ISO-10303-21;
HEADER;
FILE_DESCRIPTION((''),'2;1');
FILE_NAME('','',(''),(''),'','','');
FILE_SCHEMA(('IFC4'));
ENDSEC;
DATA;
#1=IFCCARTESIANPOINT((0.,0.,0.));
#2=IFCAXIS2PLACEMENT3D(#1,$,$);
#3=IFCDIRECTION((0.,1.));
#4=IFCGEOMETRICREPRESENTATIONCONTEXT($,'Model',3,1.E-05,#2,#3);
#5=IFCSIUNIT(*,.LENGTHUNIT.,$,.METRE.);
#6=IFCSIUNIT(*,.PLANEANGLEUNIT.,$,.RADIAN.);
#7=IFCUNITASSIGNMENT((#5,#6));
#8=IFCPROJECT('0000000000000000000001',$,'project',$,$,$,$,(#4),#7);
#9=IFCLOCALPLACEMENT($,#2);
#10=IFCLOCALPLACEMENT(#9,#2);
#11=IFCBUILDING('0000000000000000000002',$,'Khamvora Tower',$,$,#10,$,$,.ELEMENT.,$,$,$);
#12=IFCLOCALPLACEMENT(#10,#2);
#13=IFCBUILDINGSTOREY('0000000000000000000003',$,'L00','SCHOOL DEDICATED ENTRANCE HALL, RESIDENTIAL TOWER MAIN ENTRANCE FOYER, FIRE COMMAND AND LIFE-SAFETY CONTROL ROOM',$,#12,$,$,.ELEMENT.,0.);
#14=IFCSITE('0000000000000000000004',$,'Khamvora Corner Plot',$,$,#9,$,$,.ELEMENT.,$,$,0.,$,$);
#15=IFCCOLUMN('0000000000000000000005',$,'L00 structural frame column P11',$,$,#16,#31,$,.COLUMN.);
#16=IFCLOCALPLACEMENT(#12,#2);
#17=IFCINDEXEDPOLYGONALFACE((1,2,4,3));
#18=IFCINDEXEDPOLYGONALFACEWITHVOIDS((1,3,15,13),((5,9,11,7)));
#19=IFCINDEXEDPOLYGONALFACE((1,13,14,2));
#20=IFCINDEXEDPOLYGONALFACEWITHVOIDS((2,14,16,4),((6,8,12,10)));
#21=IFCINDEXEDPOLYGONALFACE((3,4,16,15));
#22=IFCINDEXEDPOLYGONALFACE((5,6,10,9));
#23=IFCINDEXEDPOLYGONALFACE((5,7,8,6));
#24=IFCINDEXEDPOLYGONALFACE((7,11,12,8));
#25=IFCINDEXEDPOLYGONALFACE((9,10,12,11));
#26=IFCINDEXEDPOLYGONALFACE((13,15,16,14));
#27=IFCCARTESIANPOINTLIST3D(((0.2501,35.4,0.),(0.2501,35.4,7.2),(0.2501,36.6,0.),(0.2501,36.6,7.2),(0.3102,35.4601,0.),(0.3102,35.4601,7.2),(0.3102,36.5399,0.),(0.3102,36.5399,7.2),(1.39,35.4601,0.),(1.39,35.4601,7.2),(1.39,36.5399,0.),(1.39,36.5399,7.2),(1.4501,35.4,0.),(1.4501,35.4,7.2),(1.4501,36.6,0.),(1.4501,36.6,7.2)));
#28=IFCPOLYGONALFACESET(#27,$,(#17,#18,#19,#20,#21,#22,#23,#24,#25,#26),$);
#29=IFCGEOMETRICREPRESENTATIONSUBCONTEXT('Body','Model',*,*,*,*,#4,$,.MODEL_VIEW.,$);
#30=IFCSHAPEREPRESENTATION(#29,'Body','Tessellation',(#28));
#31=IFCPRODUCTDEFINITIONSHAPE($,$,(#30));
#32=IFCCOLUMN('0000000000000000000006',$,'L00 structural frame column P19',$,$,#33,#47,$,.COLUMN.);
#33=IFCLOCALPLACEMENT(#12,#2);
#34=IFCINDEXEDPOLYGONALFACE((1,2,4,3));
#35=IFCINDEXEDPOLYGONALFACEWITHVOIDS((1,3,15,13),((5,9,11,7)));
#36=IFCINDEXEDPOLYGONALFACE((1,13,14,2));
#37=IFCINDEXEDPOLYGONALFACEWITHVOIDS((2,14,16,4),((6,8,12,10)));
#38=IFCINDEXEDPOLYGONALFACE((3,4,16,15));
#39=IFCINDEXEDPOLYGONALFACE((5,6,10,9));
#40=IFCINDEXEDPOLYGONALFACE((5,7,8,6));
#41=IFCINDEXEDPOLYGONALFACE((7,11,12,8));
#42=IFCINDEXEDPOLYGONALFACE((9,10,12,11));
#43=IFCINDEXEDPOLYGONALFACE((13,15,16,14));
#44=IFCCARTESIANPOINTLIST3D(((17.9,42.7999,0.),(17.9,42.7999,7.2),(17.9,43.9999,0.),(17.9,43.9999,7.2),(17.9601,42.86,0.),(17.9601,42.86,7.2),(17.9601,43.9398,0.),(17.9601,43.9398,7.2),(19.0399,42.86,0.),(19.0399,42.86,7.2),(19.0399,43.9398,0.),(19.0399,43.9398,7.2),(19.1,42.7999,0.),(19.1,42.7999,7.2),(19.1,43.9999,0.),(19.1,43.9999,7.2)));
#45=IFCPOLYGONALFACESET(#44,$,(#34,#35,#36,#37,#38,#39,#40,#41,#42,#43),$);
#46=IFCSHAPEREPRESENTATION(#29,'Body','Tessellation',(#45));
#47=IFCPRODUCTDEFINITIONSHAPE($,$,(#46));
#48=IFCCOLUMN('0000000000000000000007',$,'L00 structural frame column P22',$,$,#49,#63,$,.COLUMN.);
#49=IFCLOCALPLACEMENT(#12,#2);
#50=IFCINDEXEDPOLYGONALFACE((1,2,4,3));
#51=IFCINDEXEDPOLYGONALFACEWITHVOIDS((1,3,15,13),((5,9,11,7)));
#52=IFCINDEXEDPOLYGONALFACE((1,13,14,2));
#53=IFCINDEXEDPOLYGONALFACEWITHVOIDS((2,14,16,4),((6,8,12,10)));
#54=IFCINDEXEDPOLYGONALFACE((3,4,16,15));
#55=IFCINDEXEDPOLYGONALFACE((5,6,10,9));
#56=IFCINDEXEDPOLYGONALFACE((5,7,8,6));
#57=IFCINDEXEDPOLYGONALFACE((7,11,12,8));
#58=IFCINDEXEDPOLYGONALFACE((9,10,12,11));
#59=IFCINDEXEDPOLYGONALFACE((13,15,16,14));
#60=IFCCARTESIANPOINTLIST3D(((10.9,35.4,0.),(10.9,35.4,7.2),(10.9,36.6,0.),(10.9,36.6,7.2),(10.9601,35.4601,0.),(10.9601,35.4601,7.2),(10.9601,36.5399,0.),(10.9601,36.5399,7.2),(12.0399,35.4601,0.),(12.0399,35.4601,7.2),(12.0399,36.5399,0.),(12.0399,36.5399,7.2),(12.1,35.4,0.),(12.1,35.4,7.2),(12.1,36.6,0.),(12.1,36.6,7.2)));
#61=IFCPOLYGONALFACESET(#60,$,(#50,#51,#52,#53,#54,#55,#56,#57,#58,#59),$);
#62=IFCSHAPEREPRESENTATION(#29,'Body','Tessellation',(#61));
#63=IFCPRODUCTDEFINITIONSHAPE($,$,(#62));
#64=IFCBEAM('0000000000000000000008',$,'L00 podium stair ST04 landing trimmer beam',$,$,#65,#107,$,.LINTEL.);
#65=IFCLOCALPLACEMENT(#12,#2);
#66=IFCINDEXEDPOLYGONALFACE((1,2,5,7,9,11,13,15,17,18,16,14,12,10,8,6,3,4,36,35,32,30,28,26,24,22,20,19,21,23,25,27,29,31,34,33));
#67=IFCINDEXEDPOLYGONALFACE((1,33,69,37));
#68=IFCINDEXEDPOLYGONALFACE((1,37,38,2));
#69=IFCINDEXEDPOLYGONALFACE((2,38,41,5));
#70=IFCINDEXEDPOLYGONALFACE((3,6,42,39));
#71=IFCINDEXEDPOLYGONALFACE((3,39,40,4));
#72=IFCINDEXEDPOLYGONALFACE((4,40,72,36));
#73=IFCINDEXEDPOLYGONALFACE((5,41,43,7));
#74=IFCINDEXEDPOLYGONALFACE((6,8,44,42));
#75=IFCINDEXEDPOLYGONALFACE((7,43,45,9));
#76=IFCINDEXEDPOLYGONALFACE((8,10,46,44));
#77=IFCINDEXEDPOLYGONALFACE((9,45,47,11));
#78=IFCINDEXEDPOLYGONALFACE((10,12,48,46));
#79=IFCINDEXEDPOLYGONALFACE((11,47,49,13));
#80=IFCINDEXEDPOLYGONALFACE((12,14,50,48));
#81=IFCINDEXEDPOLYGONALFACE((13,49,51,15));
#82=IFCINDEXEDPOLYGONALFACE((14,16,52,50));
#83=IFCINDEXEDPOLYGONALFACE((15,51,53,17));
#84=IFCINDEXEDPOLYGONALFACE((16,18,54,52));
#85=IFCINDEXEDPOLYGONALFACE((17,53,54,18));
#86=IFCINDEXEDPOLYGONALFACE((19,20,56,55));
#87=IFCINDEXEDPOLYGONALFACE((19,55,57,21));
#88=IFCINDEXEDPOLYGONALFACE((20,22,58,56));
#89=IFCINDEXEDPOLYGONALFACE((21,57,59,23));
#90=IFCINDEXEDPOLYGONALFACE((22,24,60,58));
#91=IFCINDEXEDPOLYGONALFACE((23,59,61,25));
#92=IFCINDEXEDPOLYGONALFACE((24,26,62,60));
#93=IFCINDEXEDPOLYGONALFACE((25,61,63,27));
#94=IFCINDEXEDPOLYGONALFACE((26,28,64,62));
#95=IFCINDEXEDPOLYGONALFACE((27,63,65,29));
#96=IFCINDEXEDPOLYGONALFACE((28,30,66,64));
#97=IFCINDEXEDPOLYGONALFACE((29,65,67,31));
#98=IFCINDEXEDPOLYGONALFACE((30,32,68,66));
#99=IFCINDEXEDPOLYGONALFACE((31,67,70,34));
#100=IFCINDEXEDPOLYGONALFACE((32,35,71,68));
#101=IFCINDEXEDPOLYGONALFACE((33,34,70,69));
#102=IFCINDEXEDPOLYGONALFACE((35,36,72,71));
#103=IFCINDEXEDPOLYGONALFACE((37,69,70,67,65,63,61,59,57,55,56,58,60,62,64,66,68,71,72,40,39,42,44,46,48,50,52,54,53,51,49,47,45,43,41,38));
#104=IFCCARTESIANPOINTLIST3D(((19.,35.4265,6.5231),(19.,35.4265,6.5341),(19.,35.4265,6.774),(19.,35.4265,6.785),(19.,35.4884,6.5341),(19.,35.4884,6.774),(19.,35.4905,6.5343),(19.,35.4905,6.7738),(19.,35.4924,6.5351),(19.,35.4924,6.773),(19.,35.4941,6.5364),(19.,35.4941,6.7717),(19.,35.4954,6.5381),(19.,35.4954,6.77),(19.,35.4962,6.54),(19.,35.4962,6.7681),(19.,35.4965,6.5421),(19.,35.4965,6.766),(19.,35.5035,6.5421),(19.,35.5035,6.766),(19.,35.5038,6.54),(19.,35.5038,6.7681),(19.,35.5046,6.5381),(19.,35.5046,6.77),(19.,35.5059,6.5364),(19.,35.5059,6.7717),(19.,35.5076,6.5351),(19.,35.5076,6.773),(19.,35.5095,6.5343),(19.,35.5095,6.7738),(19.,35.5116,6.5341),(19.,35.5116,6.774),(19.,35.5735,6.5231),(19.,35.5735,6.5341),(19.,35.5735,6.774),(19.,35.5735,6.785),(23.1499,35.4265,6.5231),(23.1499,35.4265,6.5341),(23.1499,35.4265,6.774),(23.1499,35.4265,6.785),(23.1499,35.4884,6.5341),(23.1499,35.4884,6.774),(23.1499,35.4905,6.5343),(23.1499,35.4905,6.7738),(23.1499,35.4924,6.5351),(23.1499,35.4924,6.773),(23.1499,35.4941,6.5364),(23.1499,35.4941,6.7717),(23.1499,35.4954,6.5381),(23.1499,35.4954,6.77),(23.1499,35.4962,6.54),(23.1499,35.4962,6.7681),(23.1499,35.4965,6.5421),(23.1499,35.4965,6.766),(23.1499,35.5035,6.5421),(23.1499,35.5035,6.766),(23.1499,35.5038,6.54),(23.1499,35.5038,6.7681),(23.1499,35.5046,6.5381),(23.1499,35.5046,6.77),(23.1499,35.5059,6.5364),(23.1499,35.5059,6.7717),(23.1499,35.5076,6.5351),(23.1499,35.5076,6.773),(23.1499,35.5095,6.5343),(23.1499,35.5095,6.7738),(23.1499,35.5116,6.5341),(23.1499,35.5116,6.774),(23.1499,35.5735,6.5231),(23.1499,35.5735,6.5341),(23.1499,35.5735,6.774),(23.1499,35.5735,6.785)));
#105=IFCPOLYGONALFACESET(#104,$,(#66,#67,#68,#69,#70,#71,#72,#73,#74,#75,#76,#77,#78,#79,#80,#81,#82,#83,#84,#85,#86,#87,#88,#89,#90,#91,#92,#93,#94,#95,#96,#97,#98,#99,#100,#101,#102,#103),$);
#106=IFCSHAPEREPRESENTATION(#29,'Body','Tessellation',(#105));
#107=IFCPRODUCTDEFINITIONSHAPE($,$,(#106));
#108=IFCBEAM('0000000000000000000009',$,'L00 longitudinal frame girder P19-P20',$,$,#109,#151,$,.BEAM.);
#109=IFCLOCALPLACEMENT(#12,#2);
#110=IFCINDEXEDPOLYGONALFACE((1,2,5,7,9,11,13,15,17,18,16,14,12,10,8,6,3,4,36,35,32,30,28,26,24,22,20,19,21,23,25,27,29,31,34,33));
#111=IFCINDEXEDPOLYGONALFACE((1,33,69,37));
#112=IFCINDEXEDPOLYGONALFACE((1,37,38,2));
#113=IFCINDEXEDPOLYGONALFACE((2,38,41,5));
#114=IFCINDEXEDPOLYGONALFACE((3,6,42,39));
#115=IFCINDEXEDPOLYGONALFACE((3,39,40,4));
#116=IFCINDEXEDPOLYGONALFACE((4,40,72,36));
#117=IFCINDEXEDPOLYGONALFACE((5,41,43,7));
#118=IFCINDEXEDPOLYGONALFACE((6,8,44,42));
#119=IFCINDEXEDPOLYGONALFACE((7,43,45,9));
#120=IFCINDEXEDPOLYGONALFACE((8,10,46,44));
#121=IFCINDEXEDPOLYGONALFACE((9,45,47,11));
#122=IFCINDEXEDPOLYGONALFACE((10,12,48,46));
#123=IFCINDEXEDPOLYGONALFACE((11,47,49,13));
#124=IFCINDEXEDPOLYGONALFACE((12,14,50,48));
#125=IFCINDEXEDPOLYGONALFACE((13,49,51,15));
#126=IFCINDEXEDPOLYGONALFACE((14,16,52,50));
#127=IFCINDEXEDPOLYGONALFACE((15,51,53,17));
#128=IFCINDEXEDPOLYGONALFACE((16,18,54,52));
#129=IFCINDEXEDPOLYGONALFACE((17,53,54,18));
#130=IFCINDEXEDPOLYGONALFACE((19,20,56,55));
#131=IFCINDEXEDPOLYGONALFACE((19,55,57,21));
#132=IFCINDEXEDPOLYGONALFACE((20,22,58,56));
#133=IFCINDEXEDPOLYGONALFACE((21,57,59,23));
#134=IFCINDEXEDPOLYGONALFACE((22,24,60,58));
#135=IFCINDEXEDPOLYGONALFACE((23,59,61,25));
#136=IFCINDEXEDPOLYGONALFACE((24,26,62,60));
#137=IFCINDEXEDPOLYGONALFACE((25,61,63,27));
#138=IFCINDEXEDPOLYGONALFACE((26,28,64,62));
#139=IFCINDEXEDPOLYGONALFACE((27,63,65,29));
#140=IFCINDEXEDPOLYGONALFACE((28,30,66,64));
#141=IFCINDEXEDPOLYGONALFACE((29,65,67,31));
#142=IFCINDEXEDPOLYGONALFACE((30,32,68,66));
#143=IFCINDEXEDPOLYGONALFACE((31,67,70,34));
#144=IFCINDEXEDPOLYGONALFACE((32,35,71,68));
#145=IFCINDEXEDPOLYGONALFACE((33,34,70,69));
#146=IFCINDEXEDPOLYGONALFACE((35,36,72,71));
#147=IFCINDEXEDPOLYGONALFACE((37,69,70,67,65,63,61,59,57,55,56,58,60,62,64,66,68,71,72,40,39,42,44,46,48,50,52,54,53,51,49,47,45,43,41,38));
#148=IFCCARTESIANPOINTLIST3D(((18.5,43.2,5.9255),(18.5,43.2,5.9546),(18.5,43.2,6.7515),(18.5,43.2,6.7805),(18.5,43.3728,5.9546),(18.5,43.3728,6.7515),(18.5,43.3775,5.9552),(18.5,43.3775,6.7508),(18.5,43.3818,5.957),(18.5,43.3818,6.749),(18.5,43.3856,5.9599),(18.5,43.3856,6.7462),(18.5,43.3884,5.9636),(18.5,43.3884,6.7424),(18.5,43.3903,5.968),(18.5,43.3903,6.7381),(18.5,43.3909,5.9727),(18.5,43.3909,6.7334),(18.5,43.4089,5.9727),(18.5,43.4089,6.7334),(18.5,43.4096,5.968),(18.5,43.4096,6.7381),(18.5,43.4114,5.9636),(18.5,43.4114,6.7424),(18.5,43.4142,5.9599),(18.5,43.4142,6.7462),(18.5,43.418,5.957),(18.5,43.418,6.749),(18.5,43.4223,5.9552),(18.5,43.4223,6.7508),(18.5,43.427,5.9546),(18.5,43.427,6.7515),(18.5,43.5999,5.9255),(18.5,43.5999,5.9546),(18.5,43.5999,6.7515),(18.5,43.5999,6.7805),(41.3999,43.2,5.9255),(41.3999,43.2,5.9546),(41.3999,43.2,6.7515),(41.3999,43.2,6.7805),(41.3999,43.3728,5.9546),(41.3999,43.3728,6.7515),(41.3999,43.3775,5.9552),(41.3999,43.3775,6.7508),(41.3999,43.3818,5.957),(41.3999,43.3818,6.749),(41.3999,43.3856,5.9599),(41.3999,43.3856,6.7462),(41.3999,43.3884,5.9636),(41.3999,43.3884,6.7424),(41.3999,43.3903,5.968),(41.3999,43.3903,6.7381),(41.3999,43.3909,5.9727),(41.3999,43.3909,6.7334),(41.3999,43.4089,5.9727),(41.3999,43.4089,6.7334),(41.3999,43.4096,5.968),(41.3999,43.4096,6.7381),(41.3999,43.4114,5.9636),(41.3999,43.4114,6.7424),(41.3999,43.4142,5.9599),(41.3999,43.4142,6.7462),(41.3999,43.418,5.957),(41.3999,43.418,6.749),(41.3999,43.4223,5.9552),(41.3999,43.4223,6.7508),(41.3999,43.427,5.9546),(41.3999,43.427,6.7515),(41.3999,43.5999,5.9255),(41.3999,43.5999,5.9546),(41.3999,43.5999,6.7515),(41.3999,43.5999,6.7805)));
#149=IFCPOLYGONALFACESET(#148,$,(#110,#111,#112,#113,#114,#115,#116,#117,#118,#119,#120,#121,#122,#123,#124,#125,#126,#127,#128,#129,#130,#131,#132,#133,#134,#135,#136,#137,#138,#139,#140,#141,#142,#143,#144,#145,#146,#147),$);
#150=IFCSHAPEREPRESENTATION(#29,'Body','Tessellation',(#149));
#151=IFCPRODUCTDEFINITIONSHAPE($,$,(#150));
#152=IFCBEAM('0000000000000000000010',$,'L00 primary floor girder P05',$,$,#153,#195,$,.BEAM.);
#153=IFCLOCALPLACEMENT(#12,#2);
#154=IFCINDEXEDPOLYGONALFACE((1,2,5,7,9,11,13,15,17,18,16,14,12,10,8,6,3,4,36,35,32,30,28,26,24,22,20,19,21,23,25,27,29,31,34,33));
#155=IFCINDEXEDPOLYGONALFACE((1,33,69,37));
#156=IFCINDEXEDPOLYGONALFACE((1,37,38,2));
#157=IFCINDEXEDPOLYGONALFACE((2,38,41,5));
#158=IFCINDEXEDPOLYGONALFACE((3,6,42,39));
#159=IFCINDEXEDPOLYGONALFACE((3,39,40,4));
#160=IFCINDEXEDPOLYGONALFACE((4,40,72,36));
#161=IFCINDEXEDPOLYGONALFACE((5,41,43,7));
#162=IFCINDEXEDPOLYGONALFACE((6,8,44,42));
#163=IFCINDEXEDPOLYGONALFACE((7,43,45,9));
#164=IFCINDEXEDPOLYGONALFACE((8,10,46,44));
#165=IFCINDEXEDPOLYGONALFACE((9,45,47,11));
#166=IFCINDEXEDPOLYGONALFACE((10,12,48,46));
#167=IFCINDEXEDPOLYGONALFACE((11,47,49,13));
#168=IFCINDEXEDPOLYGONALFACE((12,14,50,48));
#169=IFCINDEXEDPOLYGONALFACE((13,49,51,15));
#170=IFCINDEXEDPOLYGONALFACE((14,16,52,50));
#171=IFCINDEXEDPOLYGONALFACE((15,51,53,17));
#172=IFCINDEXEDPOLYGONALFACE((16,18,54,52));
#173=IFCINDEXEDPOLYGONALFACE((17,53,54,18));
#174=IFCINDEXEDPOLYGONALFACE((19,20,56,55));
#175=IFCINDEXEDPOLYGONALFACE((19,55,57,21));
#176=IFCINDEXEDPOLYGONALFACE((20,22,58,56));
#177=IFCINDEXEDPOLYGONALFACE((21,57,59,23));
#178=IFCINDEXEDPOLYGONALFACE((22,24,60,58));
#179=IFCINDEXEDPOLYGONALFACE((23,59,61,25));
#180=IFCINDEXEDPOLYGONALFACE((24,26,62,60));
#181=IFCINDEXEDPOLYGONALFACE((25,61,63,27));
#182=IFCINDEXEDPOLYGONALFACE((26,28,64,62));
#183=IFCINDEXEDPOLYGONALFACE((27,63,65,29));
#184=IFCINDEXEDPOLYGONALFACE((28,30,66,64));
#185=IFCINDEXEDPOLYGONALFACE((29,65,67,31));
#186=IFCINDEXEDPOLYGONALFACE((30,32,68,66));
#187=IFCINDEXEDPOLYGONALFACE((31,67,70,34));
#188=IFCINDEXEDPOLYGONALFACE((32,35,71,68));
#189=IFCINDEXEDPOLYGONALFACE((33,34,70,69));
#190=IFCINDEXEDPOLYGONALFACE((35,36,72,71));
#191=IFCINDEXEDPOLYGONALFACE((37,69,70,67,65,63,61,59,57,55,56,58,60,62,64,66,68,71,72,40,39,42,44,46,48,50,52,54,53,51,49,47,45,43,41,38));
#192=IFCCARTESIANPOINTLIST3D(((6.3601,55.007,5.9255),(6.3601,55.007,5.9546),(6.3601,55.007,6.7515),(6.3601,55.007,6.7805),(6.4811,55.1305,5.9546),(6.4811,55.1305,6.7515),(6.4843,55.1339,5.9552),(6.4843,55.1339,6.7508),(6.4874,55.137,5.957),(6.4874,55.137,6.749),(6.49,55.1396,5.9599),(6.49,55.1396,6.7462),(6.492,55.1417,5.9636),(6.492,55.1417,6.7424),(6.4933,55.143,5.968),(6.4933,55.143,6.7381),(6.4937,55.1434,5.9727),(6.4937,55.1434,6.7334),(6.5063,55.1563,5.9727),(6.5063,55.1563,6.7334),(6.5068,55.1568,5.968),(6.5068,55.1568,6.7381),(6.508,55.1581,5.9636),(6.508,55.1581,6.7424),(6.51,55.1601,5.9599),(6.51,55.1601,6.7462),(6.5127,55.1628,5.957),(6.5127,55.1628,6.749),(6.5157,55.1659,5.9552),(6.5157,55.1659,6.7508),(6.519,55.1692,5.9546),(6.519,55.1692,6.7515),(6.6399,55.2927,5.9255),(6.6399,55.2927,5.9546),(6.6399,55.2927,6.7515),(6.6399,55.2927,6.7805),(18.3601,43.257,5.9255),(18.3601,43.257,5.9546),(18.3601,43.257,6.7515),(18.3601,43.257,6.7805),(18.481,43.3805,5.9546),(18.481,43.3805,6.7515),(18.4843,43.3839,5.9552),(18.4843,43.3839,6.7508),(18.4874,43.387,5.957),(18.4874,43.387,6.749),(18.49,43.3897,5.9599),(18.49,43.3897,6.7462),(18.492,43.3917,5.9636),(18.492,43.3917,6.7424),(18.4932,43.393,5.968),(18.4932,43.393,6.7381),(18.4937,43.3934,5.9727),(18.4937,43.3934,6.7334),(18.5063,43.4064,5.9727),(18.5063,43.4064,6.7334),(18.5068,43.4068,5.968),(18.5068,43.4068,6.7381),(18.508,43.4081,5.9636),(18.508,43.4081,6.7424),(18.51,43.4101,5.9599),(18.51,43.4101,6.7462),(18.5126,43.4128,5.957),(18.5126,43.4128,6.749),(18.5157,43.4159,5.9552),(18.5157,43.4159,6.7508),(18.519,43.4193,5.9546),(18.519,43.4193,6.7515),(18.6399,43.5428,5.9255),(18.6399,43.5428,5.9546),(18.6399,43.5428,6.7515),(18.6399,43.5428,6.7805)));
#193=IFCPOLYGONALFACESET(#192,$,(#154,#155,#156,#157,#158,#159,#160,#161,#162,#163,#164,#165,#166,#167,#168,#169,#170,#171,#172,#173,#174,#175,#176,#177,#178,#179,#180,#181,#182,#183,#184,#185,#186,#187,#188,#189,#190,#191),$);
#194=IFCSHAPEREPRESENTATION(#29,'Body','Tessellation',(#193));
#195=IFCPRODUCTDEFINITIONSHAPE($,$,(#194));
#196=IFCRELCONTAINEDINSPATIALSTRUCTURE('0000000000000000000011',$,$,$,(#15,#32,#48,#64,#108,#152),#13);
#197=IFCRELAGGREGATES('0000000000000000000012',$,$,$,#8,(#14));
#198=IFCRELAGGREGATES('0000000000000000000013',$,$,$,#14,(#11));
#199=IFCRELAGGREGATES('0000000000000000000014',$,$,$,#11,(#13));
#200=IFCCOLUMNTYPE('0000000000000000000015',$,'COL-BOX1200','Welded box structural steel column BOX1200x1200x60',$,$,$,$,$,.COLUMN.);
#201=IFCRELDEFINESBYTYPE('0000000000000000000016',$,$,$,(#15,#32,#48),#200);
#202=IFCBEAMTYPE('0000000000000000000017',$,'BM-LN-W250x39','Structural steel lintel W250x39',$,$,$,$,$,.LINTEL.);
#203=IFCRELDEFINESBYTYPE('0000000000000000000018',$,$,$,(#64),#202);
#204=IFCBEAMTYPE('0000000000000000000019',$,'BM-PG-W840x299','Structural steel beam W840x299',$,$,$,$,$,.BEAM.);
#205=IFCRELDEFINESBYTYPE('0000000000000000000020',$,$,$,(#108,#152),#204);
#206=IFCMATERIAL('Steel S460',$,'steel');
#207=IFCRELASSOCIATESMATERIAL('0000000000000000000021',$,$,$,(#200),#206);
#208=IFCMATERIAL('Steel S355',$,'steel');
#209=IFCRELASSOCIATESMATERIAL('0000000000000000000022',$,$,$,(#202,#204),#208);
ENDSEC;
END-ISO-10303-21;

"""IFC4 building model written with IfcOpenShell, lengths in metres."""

from ifc_helpers import new_model, si_unit, direction, frame, origin, origin_2d, place, context, subcontext, project, spatial, hollow_rectangle, i_section, extrude, material, material_profile, profile_set, type_object, element, save


model = new_model("IFC4")

# Units and contexts
model_context = context("Model", 3, precision=1e-05, world=origin(), true_north=direction((0.0, 1.0)))
body_context = subcontext(model_context, "Body", "Model", "MODEL_VIEW")
ifc_project = project(units=[si_unit("LENGTHUNIT", "METRE"), si_unit("PLANEANGLEUNIT", "RADIAN")], contexts=[model_context])

# Site, building, storey
site_placement = place(None, origin())
site = spatial("IfcSite", under=ifc_project, at=site_placement, Name="Khamvora Corner Plot", CompositionType="ELEMENT", RefElevation=0.0)
building_placement = place(site_placement, origin())
building = spatial("IfcBuilding", under=site, at=building_placement, Name="Khamvora Tower", CompositionType="ELEMENT")
storey_placement = place(building_placement, origin())
storey = spatial("IfcBuildingStorey", under=building, at=storey_placement, Name="L00", Description="SCHOOL DEDICATED ENTRANCE HALL, RESIDENTIAL TOWER MAIN ENTRANCE FOYER, FIRE COMMAND AND LIFE-SAFETY CONTROL ROOM", CompositionType="ELEMENT", Elevation=0.0)

# Columns
ifc_material_1 = material(Name="Steel S460", Category="steel")
ifc_material_profile_1 = material_profile(ifc_material_1, hollow_rectangle(XDim=1.2, YDim=1.2, WallThickness=0.0601, at=origin_2d()), Name="BOX1200x1200x60")
ifc_profile_set_1 = profile_set([ifc_material_profile_1], Name="Steel S460")
column_type = type_object("IfcColumnType", Name="COL-BOX1200", Description="Welded box structural steel column BOX1200x1200x60", PredefinedType="COLUMN", material=ifc_profile_set_1)
for number, where, z_axis, x_axis, name in (
    (1, (0.8501, 36.0, 0.0), (0.0, 0.0, 1.0), (1.0, 0.0, 0.0), "L00 structural frame column P11"),
    (2, (18.5, 43.3999, 0.0), (0.0, 0.0, 1.0), (1.0, 0.0, 0.0), "L00 structural frame column P19"),
    (3, (11.5, 36.0, 0.0), (0.0, 0.0, 1.0), (1.0, 0.0, 0.0), "L00 structural frame column P22"),
):
    element("IfcColumn", number, at=place(storey_placement, frame(where, z_axis=z_axis, x_axis=x_axis)), inside=storey, type_object=column_type, Name=name, PredefinedType="COLUMN", context=body_context, shape_type="SweptSolid", body=[
        extrude(hollow_rectangle(XDim=1.2, YDim=1.2, WallThickness=0.0601, at=origin_2d()), origin(), (0.0, 0.0, 1.0), 7.2),
    ])

# Beams
ifc_material_2 = material(Name="Steel S355", Category="steel")
ifc_material_profile_2 = material_profile(ifc_material_2, i_section(OverallWidth=0.147, OverallDepth=0.262, WebThickness=0.0071, FlangeThickness=0.011, FilletRadius=0.0081, at=origin_2d()), Name="W250x39")
ifc_profile_set_2 = profile_set([ifc_material_profile_2], Name="Steel S355")
beam_type_1 = type_object("IfcBeamType", Name="BM-LN-W250x39", Description="Structural steel lintel W250x39", PredefinedType="LINTEL", material=ifc_profile_set_2)
beam_1_placement = place(storey_placement, frame((19.0, 35.5, 6.6541), z_axis=(1.0, 0.0, 0.0), x_axis=(0.0, 1.0, 0.0)))
element("IfcBeam", 4, at=beam_1_placement, inside=storey, type_object=beam_type_1, Name="L00 podium stair ST04 landing trimmer beam", PredefinedType="LINTEL", context=body_context, shape_type="SweptSolid", body=[
    extrude(i_section(OverallWidth=0.147, OverallDepth=0.262, WebThickness=0.0071, FlangeThickness=0.011, FilletRadius=0.0081, at=origin_2d()), origin(), (0.0, 0.0, 1.0), 4.1499),
])
ifc_material_profile_3 = material_profile(ifc_material_2, i_section(OverallWidth=0.3999, OverallDepth=0.855, WebThickness=0.0181, FlangeThickness=0.0291, FilletRadius=0.0181, at=origin_2d()), Name="W840x299")
ifc_profile_set_3 = profile_set([ifc_material_profile_3], Name="Steel S355")
beam_type_2 = type_object("IfcBeamType", Name="BM-PG-W840x299", Description="Structural steel beam W840x299", PredefinedType="BEAM", material=ifc_profile_set_3)
beam_2_placement = place(storey_placement, frame((18.5, 43.3999, 6.353), z_axis=(1.0, 0.0, 0.0), x_axis=(0.0, 1.0, 0.0)))
element("IfcBeam", 5, at=beam_2_placement, inside=storey, type_object=beam_type_2, Name="L00 longitudinal frame girder P19-P20", PredefinedType="BEAM", context=body_context, shape_type="SweptSolid", body=[
    extrude(i_section(OverallWidth=0.3999, OverallDepth=0.855, WebThickness=0.0181, FlangeThickness=0.0291, FilletRadius=0.0181, at=origin_2d()), origin(), (0.0, 0.0, 1.0), 22.8999),
])
beam_3_placement = place(storey_placement, frame((18.5, 43.3999, 6.353), z_axis=(-0.71451, 0.699625, 0.0), x_axis=(-0.699625, -0.71451, 0.0)))
element("IfcBeam", 6, at=beam_3_placement, inside=storey, type_object=beam_type_2, Name="L00 primary floor girder P05", PredefinedType="BEAM", context=body_context, shape_type="SweptSolid", body=[
    extrude(i_section(OverallWidth=0.3999, OverallDepth=0.855, WebThickness=0.0181, FlangeThickness=0.0291, FilletRadius=0.0181, at=origin_2d()), origin(), (0.0, 0.0, 1.0), 16.7947),
])

save(model, "model.ifc")
